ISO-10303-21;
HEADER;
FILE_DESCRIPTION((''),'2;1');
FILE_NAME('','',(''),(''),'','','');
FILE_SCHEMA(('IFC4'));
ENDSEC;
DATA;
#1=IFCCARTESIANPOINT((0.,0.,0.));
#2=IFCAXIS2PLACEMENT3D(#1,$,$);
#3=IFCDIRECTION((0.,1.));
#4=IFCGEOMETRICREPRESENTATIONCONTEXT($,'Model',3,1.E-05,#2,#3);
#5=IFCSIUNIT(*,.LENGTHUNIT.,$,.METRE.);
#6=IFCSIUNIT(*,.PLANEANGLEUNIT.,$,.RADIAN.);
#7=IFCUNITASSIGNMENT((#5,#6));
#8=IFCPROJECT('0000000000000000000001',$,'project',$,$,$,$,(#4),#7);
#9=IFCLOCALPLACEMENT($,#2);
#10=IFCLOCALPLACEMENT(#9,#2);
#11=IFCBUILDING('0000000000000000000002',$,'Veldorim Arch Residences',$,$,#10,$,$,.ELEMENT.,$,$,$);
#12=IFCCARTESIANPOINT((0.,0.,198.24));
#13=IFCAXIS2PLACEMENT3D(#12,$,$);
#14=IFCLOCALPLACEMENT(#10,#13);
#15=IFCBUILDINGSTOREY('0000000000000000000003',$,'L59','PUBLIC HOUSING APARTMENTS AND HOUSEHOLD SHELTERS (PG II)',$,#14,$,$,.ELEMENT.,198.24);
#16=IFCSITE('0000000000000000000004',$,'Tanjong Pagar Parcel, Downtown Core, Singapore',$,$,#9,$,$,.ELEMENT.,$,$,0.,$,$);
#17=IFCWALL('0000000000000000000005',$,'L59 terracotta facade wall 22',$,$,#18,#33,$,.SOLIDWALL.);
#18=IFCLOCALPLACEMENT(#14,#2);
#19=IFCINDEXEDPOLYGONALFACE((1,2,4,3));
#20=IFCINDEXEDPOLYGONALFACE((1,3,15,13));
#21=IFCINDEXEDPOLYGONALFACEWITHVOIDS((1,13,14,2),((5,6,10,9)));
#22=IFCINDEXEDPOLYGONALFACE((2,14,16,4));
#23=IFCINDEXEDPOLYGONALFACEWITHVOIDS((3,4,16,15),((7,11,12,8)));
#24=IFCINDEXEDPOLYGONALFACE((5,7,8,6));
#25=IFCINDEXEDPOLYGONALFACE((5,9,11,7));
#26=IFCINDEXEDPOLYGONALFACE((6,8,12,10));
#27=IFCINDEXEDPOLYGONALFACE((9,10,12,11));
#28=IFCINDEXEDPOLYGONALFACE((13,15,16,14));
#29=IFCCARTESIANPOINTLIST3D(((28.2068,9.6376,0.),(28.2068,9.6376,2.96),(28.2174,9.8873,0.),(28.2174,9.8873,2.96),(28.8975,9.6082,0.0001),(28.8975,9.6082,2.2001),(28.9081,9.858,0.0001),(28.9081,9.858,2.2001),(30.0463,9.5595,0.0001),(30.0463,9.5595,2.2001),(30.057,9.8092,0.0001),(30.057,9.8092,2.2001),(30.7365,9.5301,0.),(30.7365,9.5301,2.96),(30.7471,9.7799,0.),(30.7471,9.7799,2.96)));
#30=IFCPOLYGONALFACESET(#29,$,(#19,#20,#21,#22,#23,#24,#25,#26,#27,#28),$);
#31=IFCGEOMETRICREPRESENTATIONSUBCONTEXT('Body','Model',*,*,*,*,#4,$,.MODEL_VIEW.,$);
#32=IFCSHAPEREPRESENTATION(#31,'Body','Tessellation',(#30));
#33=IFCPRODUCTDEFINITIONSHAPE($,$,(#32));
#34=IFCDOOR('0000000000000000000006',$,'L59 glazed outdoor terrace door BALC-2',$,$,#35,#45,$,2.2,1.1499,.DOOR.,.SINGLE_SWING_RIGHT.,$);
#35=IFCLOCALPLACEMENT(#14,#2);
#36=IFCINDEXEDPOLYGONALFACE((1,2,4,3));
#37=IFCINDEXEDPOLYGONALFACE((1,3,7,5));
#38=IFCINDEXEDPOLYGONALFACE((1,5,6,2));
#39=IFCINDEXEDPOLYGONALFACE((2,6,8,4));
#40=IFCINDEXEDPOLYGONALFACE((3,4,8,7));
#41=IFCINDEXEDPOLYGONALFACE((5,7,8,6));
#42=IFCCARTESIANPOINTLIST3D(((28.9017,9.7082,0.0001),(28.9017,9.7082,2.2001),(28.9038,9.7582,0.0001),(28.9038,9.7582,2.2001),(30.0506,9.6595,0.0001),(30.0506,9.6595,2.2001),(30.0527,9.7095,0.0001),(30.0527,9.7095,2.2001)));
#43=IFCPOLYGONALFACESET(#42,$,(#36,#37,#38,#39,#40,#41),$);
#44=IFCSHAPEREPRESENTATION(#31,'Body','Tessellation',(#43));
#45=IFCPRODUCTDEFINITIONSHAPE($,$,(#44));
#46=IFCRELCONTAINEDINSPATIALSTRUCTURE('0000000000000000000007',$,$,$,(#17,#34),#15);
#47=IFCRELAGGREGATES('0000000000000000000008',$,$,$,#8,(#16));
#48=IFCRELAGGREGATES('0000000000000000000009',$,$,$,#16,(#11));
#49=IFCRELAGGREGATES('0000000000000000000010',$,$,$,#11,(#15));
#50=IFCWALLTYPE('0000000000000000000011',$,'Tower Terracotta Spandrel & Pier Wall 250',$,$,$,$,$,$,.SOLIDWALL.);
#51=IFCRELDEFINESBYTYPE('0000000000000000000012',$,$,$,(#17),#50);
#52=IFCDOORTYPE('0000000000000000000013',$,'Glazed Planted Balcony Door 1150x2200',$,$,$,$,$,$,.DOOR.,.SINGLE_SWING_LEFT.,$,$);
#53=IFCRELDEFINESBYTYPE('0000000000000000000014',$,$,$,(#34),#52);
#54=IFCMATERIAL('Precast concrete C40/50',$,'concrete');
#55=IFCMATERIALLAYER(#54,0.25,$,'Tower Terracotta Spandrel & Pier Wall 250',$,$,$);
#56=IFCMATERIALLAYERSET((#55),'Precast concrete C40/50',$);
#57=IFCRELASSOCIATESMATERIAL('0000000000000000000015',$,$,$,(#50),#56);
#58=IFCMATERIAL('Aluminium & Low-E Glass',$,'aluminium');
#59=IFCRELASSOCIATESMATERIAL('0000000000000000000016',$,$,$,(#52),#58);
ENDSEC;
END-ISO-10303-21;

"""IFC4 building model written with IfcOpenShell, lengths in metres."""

from ifc_helpers import new_model, si_unit, direction, frame, frame_2d, origin, place, context, subcontext, project, spatial, rectangle, extrude, material, layer, layer_set, type_object, element, fill, save


model = new_model("IFC4")

# Units and contexts
model_context = context("Model", 3, precision=1e-05, world=origin(), true_north=direction((0.0, 1.0)))
body_context = subcontext(model_context, "Body", "Model", "MODEL_VIEW")
ifc_project = project(units=[si_unit("LENGTHUNIT", "METRE"), si_unit("PLANEANGLEUNIT", "RADIAN")], contexts=[model_context])

# Site, building, storey
site_placement = place(None, origin())
site = spatial("IfcSite", under=ifc_project, at=site_placement, Name="Tanjong Pagar Parcel, Downtown Core, Singapore", CompositionType="ELEMENT", RefElevation=0.0)
building_placement = place(site_placement, origin())
building = spatial("IfcBuilding", under=site, at=building_placement, Name="Veldorim Arch Residences", CompositionType="ELEMENT")
storey_placement = place(building_placement, frame((0.0, 0.0, 198.24)))
storey = spatial("IfcBuildingStorey", under=building, at=storey_placement, Name="L59", Description="PUBLIC HOUSING APARTMENTS AND HOUSEHOLD SHELTERS (PG II)", CompositionType="ELEMENT", Elevation=198.24)

# Shared definitions
ifc_material_1 = material(Name="Precast concrete C40/50", Category="concrete")
ifc_layer_1 = layer(ifc_material_1, 0.25, Name="Tower Terracotta Spandrel & Pier Wall 250")
ifc_layer_set_1 = layer_set([ifc_layer_1], Name="Precast concrete C40/50")
wall_type_1 = type_object("IfcWallType", Name="Tower Terracotta Spandrel & Pier Wall 250", PredefinedType="SOLIDWALL", material=ifc_layer_set_1)

# Wall, opening, door
wall_1_placement = place(storey_placement, frame((30.7419, 9.655, 0.0), z_axis=(0.0, 0.0, 1.0), x_axis=(-0.9991, 0.042425, 0.0)))
wall_1 = element("IfcWall", 1, at=wall_1_placement, inside=storey, type_object=wall_type_1, Name="L59 terracotta facade wall 22", PredefinedType="SOLIDWALL", context=body_context, shape_type="SweptSolid", body=[
    extrude(rectangle(XDim=2.532, YDim=0.25, at=frame_2d((1.2661, 0.0))), origin(), (0.0, 0.0, 1.0), 2.96),
])
opening_1_placement = place(wall_1_placement, frame((0.6909, 0.0, 0.0)))
opening_1 = element("IfcOpeningElement", 2, at=opening_1_placement, cuts=wall_1, PredefinedType="OPENING", context=body_context, shape_type="SweptSolid", body=[
    extrude(rectangle(XDim=1.1499, YDim=2.2, at=frame_2d((0.575, 1.1001))), frame((0.0, 0.135, 0.0), z_axis=(0.0, -1.0, 0.0), x_axis=(1.0, 0.0, 0.0)), (0.0, 0.0, 1.0), 0.27),
])
ifc_material_2 = material(Name="Aluminium & Low-E Glass", Category="aluminium")
door_type_1 = type_object("IfcDoorType", Name="Glazed Planted Balcony Door 1150x2200", OperationType="SINGLE_SWING_LEFT", PredefinedType="DOOR", material=ifc_material_2)
door_1_placement = place(opening_1_placement, origin())
door_1 = element("IfcDoor", 3, at=door_1_placement, inside=storey, type_object=door_type_1, Name="L59 glazed outdoor terrace door BALC-2", OperationType="SINGLE_SWING_RIGHT", OverallHeight=2.2, OverallWidth=1.1499, PredefinedType="DOOR", context=body_context, shape_type="SweptSolid", body=[
    extrude(rectangle(XDim=1.1499, YDim=2.2, at=frame_2d((0.575, 1.1001))), frame((0.0, 0.0249, 0.0), z_axis=(0.0, -1.0, 0.0), x_axis=(1.0, 0.0, 0.0)), (0.0, 0.0, 1.0), 0.05),
])
fill(opening_1, door_1)

save(model, "model.ifc")
